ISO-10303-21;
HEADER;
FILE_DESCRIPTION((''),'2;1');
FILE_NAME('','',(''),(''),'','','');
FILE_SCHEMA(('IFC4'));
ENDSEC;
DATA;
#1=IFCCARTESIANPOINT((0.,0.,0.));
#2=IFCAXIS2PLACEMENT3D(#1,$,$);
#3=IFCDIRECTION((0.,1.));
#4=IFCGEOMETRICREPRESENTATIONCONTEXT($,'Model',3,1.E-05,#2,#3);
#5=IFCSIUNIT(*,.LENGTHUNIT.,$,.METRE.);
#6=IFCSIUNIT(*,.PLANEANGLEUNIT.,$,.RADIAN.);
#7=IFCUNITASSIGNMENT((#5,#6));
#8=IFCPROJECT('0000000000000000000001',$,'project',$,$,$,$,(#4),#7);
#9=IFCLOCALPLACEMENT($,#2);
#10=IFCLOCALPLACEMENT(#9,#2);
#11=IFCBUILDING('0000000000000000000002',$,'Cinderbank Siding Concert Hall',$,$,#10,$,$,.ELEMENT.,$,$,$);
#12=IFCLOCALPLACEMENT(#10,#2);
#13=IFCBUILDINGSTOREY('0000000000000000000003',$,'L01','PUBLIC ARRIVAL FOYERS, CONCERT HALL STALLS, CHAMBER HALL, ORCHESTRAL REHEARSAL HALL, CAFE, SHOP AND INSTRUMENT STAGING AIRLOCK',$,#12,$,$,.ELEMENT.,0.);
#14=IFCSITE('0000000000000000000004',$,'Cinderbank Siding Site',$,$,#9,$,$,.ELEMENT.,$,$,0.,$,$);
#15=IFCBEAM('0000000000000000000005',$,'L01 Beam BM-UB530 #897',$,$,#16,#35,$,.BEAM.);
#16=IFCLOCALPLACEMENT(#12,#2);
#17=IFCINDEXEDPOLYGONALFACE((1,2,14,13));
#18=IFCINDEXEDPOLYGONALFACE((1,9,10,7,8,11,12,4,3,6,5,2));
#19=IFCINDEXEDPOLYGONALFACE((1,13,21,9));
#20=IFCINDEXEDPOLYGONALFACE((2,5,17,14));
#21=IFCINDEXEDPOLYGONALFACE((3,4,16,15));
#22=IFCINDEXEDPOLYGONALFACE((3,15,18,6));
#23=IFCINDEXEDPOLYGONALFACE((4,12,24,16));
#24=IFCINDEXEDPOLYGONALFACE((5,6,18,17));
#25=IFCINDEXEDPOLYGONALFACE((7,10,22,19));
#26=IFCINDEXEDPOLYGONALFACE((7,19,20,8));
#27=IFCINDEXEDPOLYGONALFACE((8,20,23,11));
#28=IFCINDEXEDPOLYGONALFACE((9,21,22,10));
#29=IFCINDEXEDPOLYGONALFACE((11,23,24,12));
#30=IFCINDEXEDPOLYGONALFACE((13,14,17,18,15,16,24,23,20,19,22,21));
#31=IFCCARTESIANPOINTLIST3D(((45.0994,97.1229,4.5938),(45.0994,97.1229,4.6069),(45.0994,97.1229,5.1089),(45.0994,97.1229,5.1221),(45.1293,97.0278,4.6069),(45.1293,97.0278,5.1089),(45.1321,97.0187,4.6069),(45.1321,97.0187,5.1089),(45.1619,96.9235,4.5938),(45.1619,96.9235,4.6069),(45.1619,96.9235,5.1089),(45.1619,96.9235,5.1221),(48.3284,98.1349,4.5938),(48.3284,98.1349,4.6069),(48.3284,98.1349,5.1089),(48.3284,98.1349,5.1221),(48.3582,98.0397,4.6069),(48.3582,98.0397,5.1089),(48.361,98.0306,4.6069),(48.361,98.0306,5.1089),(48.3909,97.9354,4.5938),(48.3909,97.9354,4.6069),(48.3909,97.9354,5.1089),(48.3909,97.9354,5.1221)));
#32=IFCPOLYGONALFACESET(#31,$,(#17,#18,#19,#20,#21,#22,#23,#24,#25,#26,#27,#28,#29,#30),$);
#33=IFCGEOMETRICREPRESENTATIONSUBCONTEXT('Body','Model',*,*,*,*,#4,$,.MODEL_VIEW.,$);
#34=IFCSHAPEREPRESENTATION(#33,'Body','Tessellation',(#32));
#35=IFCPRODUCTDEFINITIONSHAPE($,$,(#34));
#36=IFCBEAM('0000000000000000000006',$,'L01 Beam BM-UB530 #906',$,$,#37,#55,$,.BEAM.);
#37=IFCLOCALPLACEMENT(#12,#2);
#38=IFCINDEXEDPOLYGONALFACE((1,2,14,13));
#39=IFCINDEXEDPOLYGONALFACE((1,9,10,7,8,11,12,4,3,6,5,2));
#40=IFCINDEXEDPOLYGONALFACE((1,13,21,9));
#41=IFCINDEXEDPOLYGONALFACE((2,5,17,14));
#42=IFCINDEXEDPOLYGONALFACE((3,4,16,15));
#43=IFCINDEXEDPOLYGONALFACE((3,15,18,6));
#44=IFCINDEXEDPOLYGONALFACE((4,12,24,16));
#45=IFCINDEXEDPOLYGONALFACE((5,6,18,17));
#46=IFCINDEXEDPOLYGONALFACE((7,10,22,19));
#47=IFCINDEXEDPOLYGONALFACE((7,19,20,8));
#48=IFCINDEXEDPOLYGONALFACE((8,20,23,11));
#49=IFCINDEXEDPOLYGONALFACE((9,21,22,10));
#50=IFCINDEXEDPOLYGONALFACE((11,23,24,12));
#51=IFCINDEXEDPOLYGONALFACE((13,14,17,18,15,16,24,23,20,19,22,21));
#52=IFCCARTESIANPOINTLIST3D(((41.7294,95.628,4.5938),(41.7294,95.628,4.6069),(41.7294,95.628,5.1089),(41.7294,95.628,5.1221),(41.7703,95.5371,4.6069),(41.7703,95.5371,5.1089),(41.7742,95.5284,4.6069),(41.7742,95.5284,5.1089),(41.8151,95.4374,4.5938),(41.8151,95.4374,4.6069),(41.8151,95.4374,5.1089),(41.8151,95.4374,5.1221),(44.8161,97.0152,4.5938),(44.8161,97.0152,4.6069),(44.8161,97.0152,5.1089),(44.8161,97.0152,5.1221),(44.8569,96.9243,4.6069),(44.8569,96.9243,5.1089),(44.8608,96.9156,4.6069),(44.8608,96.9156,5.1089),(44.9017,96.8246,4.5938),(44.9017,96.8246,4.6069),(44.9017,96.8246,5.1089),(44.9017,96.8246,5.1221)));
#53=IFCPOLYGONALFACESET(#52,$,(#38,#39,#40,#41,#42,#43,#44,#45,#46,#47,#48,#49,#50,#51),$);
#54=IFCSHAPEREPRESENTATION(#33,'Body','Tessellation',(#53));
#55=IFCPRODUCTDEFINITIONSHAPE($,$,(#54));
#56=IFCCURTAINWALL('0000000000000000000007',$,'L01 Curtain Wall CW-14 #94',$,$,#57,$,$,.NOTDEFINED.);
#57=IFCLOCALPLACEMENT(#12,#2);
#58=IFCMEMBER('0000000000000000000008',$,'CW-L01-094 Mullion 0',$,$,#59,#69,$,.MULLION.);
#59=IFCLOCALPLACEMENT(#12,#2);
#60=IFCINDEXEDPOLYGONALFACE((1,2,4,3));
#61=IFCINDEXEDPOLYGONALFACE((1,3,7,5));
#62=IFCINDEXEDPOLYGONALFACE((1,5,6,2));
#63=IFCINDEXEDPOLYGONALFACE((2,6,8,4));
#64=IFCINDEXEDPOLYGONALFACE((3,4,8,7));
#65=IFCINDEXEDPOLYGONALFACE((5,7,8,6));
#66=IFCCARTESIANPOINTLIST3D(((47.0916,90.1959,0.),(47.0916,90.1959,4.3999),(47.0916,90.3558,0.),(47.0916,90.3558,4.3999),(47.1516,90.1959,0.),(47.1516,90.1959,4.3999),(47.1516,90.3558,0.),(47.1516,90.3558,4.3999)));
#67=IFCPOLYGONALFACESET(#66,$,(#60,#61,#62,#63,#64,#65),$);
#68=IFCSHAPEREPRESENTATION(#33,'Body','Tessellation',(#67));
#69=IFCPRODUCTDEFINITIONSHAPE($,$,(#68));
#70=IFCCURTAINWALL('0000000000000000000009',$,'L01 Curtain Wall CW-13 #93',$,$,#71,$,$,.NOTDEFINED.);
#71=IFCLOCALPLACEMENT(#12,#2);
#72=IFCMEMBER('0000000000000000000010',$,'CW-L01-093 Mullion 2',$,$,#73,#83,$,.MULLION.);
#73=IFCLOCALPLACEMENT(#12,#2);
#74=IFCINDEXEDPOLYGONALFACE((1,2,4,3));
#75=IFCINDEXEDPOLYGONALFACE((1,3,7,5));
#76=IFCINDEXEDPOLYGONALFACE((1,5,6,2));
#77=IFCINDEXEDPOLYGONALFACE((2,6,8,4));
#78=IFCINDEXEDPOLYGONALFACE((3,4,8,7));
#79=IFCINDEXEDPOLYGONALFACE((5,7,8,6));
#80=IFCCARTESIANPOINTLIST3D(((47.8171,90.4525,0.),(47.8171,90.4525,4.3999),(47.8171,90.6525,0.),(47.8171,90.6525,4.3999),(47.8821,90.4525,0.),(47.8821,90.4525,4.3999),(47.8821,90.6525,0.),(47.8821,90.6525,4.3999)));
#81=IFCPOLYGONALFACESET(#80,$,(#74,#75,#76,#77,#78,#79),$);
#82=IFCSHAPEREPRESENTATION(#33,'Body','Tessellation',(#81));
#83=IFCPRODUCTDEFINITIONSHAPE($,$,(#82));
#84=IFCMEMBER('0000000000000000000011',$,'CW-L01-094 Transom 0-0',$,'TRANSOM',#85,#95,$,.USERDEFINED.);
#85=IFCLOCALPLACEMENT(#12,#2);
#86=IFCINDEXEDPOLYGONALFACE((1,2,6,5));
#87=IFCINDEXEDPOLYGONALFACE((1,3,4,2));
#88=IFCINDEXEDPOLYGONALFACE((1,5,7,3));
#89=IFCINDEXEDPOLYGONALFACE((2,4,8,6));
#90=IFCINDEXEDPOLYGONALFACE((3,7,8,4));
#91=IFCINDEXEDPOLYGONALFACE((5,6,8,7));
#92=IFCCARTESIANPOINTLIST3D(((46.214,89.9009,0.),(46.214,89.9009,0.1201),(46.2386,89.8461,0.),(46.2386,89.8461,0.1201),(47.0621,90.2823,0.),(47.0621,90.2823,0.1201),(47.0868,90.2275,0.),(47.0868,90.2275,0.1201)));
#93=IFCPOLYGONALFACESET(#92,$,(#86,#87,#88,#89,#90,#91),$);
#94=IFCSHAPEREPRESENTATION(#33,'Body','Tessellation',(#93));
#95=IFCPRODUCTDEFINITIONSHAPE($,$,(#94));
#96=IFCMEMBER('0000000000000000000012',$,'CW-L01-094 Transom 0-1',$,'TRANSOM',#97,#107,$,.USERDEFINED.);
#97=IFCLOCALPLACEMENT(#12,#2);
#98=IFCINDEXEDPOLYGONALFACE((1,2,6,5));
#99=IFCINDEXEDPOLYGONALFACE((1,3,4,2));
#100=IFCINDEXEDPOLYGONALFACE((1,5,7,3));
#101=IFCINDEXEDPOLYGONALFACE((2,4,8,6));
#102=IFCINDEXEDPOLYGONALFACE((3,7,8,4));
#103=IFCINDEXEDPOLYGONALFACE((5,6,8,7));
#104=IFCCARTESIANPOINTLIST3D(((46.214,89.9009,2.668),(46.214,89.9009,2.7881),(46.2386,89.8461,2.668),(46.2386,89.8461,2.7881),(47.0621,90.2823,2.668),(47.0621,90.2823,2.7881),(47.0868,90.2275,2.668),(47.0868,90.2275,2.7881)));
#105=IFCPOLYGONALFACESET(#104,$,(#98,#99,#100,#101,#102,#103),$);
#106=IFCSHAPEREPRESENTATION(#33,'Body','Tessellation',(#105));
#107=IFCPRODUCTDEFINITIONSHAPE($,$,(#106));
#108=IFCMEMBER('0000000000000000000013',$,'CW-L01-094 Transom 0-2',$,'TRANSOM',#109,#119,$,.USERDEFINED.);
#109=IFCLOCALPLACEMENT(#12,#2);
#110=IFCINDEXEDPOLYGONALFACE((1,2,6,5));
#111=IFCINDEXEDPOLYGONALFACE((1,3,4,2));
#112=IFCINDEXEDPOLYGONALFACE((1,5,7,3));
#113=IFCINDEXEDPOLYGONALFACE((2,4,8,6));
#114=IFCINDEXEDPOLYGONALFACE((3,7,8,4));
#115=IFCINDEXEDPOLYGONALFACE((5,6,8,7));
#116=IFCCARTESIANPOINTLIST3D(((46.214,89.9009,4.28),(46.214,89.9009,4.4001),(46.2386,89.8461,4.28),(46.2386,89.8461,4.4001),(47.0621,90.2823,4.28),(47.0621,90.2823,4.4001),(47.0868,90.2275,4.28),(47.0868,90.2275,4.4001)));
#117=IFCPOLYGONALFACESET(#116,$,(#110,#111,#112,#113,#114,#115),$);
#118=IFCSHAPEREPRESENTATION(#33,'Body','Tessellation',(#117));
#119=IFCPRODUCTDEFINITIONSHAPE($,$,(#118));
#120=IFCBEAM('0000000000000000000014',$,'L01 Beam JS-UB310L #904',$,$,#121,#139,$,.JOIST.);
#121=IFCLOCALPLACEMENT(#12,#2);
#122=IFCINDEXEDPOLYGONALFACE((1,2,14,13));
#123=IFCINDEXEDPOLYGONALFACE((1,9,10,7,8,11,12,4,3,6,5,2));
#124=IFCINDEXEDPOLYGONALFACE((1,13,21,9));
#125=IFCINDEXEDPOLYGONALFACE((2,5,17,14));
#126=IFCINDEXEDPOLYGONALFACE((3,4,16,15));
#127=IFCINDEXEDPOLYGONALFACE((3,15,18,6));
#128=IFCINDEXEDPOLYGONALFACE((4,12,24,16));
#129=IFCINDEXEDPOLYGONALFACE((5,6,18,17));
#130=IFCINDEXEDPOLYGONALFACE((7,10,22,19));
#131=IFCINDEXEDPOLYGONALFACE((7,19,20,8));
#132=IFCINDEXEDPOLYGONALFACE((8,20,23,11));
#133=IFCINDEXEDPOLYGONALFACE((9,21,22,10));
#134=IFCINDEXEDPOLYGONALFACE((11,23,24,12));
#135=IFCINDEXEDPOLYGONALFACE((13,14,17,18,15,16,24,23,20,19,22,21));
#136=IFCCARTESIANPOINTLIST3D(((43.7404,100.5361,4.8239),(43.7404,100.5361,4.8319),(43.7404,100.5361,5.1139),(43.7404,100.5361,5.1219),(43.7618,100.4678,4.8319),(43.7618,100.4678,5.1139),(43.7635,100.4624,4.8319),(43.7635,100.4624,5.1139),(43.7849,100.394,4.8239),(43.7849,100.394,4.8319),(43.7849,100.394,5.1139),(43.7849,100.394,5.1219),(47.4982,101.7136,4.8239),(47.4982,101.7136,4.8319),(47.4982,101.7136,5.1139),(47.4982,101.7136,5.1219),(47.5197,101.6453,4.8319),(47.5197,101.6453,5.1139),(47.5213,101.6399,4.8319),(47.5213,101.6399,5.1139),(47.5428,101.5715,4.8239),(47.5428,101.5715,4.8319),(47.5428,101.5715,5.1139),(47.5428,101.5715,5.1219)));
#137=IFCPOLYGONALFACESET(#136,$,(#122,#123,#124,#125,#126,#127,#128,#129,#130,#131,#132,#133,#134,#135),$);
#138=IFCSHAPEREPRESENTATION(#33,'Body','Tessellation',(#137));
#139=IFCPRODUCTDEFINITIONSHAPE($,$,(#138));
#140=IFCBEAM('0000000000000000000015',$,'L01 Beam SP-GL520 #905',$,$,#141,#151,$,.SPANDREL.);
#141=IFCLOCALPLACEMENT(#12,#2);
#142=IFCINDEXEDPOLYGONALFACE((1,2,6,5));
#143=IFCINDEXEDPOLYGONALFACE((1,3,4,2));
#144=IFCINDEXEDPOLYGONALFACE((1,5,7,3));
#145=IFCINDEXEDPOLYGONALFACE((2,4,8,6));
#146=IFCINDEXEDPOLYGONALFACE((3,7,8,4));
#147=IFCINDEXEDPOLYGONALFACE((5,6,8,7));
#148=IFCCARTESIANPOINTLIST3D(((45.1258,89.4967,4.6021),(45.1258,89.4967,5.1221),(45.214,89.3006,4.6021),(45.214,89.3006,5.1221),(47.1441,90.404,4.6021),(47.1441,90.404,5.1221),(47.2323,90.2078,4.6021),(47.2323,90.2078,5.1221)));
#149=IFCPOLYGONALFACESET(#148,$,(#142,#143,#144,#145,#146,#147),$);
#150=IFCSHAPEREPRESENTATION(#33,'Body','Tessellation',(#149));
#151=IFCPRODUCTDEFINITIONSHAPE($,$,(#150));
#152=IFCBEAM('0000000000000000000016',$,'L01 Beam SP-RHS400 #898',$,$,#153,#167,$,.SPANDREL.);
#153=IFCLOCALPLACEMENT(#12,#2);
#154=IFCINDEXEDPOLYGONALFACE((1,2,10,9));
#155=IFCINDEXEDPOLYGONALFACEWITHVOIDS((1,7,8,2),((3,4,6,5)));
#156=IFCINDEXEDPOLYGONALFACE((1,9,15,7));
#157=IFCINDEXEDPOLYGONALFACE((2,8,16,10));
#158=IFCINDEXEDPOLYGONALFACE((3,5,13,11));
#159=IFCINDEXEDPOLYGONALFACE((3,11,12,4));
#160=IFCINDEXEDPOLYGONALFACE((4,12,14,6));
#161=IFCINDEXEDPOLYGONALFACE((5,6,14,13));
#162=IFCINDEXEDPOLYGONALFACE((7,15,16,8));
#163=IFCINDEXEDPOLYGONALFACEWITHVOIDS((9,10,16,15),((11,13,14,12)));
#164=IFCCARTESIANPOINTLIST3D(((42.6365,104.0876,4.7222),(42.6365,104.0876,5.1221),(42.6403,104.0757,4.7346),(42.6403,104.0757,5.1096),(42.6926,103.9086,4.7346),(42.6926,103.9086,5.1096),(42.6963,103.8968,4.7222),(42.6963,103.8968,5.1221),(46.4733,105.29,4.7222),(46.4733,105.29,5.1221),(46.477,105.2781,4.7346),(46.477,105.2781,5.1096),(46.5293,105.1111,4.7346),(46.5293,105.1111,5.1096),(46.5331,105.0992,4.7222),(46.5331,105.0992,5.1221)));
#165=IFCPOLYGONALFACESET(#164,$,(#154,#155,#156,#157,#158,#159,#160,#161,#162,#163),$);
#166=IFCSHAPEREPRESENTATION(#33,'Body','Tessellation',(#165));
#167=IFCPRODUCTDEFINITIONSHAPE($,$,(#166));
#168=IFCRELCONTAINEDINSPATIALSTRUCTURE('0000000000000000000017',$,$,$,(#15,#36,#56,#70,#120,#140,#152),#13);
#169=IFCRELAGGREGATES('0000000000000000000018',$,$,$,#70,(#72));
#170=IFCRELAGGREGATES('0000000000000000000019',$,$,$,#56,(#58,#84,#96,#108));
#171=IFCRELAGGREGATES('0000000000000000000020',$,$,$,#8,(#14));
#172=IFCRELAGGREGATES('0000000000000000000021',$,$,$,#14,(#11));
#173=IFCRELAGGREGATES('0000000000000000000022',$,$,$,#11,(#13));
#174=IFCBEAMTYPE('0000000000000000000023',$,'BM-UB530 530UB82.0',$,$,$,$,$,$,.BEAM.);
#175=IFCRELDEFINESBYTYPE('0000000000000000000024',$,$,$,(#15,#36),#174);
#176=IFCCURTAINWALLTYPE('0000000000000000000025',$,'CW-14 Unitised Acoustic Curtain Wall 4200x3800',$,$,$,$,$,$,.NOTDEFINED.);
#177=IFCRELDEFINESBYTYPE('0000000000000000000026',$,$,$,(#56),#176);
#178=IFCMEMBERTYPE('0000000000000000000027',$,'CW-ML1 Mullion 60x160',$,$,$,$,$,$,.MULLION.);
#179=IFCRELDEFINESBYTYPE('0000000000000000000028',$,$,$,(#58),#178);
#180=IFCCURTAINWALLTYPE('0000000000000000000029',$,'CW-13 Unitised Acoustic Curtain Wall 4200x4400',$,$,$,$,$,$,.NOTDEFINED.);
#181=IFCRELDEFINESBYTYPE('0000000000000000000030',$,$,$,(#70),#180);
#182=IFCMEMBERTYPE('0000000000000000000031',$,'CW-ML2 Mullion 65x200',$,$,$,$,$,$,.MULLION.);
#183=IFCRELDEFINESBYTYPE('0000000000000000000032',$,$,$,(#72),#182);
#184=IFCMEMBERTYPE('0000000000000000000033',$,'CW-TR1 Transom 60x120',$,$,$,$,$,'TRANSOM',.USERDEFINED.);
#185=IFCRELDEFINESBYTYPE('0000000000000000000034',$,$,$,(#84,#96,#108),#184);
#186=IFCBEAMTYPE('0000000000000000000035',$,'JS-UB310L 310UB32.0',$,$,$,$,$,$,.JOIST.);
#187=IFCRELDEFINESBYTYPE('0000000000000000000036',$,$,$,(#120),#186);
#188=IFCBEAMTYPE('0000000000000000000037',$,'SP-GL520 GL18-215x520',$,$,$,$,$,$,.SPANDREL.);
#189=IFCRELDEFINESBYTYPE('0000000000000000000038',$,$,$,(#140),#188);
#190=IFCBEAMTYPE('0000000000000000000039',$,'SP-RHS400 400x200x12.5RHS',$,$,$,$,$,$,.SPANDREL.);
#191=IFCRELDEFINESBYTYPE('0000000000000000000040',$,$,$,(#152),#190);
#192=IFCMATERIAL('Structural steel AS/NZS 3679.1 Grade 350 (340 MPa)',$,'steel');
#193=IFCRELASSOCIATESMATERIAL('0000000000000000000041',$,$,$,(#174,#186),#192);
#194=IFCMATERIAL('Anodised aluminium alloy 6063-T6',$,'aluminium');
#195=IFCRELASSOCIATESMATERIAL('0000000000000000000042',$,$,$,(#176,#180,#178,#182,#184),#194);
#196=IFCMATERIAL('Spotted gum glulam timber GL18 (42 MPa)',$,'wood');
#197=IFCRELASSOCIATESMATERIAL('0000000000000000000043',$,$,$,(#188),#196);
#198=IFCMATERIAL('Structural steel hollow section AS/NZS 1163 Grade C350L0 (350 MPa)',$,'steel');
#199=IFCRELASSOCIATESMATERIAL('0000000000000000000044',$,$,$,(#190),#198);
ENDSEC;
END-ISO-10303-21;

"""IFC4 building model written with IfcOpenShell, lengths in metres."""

from ifc_helpers import new_model, si_unit, direction, frame, origin, origin_2d, place, context, subcontext, project, spatial, rectangle, hollow_rectangle, i_section, extrude, material, material_profile, profile_set, type_object, element, aggregate, save


model = new_model("IFC4")

# Units and contexts
model_context = context("Model", 3, precision=1e-05, world=origin(), true_north=direction((0.0, 1.0)))
body_context = subcontext(model_context, "Body", "Model", "MODEL_VIEW")
ifc_project = project(units=[si_unit("LENGTHUNIT", "METRE"), si_unit("PLANEANGLEUNIT", "RADIAN")], contexts=[model_context])

# Site, building, storey
site_placement = place(None, origin())
site = spatial("IfcSite", under=ifc_project, at=site_placement, Name="Cinderbank Siding Site", CompositionType="ELEMENT", RefElevation=0.0)
building_placement = place(site_placement, origin())
building = spatial("IfcBuilding", under=site, at=building_placement, Name="Cinderbank Siding Concert Hall", CompositionType="ELEMENT")
storey_placement = place(building_placement, origin())
storey = spatial("IfcBuildingStorey", under=building, at=storey_placement, Name="L01", Description="PUBLIC ARRIVAL FOYERS, CONCERT HALL STALLS, CHAMBER HALL, ORCHESTRAL REHEARSAL HALL, CAFE, SHOP AND INSTRUMENT STAGING AIRLOCK", CompositionType="ELEMENT", Elevation=0.0)

# Shared definitions
ifc_material_1 = material(Name="Structural steel AS/NZS 3679.1 Grade 350 (340 MPa)", Category="steel")

# Beams
ifc_material_profile_1 = material_profile(ifc_material_1, i_section(OverallWidth=0.209, OverallDepth=0.5283, WebThickness=0.0095, FlangeThickness=0.0132, at=origin_2d()), Name="530UB82.0", Category="LoadBearing")
ifc_profile_set_1 = profile_set([ifc_material_profile_1], Name="Structural steel AS/NZS 3679.1 Grade 350 (340 MPa)")
beam_type_1 = type_object("IfcBeamType", Name="BM-UB530 530UB82.0", PredefinedType="BEAM", material=ifc_profile_set_1)
beam_1_placement = place(storey_placement, frame((48.3596, 98.0352, 4.8579), z_axis=(-0.954236, -0.299055, 0.0), x_axis=(0.299055, -0.954236, 0.0)))
element("IfcBeam", 1, at=beam_1_placement, inside=storey, type_object=beam_type_1, Name="L01 Beam BM-UB530 #897", PredefinedType="BEAM", context=body_context, shape_type="SweptSolid", body=[
    extrude(i_section(OverallWidth=0.209, OverallDepth=0.5283, WebThickness=0.0095, FlangeThickness=0.0132, at=origin_2d()), origin(), (0.0, 0.0, 1.0), 3.3838),
])
beam_2_placement = place(storey_placement, frame((44.8589, 96.9199, 4.8579), z_axis=(-0.91212, -0.409924, 0.0), x_axis=(0.409924, -0.91212, 0.0)))
element("IfcBeam", 2, at=beam_2_placement, inside=storey, type_object=beam_type_1, Name="L01 Beam BM-UB530 #906", PredefinedType="BEAM", context=body_context, shape_type="SweptSolid", body=[
    extrude(i_section(OverallWidth=0.209, OverallDepth=0.5283, WebThickness=0.0095, FlangeThickness=0.0132, at=origin_2d()), origin(), (0.0, 0.0, 1.0), 3.384),
])

# Curtain walls, members
ifc_material_2 = material(Name="Anodised aluminium alloy 6063-T6", Category="aluminium")
curtain_wall_type_1 = type_object("IfcCurtainWallType", Name="CW-14 Unitised Acoustic Curtain Wall 4200x3800", PredefinedType="NOTDEFINED", material=ifc_material_2)
curtain_wall_1_placement = place(storey_placement, origin())
curtain_wall_1 = element("IfcCurtainWall", 3, at=curtain_wall_1_placement, inside=storey, type_object=curtain_wall_type_1, Name="L01 Curtain Wall CW-14 #94", PredefinedType="NOTDEFINED")
ifc_material_profile_2 = material_profile(ifc_material_2, rectangle(XDim=0.0601, YDim=0.1599, at=origin_2d()), Name="ALU-MULL-60x160", Category="LoadBearing")
ifc_profile_set_2 = profile_set([ifc_material_profile_2], Name="Anodised aluminium alloy 6063-T6")
member_type_1 = type_object("IfcMemberType", Name="CW-ML1 Mullion 60x160", PredefinedType="MULLION", material=ifc_profile_set_2)
member_1_placement = place(storey_placement, frame((47.1216, 90.2759, 0.0), z_axis=(0.0, 0.0, 1.0), x_axis=(1.0, 0.0, 0.0)))
member_1 = element("IfcMember", 4, at=member_1_placement, type_object=member_type_1, Name="CW-L01-094 Mullion 0", PredefinedType="MULLION", context=body_context, shape_type="SweptSolid", body=[
    extrude(rectangle(XDim=0.0601, YDim=0.1599, at=origin_2d()), origin(), (0.0, 0.0, 1.0), 4.3999),
])
curtain_wall_type_2 = type_object("IfcCurtainWallType", Name="CW-13 Unitised Acoustic Curtain Wall 4200x4400", PredefinedType="NOTDEFINED", material=ifc_material_2)
curtain_wall_2_placement = place(storey_placement, origin())
curtain_wall_2 = element("IfcCurtainWall", 5, at=curtain_wall_2_placement, inside=storey, type_object=curtain_wall_type_2, Name="L01 Curtain Wall CW-13 #93", PredefinedType="NOTDEFINED")
ifc_material_profile_3 = material_profile(ifc_material_2, rectangle(XDim=0.0649, YDim=0.2, at=origin_2d()), Name="ALU-MULL-65x200", Category="LoadBearing")
ifc_profile_set_3 = profile_set([ifc_material_profile_3], Name="Anodised aluminium alloy 6063-T6")
member_type_2 = type_object("IfcMemberType", Name="CW-ML2 Mullion 65x200", PredefinedType="MULLION", material=ifc_profile_set_3)
member_2_placement = place(storey_placement, frame((47.8496, 90.5525, 0.0), z_axis=(0.0, 0.0, 1.0), x_axis=(1.0, 0.0, 0.0)))
member_2 = element("IfcMember", 6, at=member_2_placement, type_object=member_type_2, Name="CW-L01-093 Mullion 2", PredefinedType="MULLION", context=body_context, shape_type="SweptSolid", body=[
    extrude(rectangle(XDim=0.0649, YDim=0.2, at=origin_2d()), origin(), (0.0, 0.0, 1.0), 4.3999),
])

# Members
ifc_material_profile_4 = material_profile(ifc_material_2, rectangle(XDim=0.0601, YDim=0.1201, at=origin_2d()), Name="ALU-TRAN-60x120", Category="LoadBearing")
ifc_profile_set_4 = profile_set([ifc_material_profile_4], Name="Anodised aluminium alloy 6063-T6")
member_type_3 = type_object("IfcMemberType", Name="CW-TR1 Transom 60x120", ElementType="TRANSOM", PredefinedType="USERDEFINED", material=ifc_profile_set_4)
member_3_placement = place(storey_placement, frame((47.0745, 90.2549, 0.0601), z_axis=(-0.912049, -0.410081, 0.0), x_axis=(0.410081, -0.912049, 0.0)))
member_3 = element("IfcMember", 7, at=member_3_placement, type_object=member_type_3, Name="CW-L01-094 Transom 0-0", ObjectType="TRANSOM", PredefinedType="USERDEFINED", context=body_context, shape_type="SweptSolid", body=[
    extrude(rectangle(XDim=0.0601, YDim=0.1201, at=origin_2d()), origin(), (0.0, 0.0, 1.0), 0.9299),
])
member_4_placement = place(storey_placement, frame((47.0745, 90.2549, 2.728), z_axis=(-0.912049, -0.410081, 0.0), x_axis=(0.410081, -0.912049, 0.0)))
member_4 = element("IfcMember", 8, at=member_4_placement, type_object=member_type_3, Name="CW-L01-094 Transom 0-1", ObjectType="TRANSOM", PredefinedType="USERDEFINED", context=body_context, shape_type="SweptSolid", body=[
    extrude(rectangle(XDim=0.0601, YDim=0.1201, at=origin_2d()), origin(), (0.0, 0.0, 1.0), 0.9299),
])
member_5_placement = place(storey_placement, frame((47.0745, 90.2549, 4.3401), z_axis=(-0.912049, -0.410081, 0.0), x_axis=(0.410081, -0.912049, 0.0)))
member_5 = element("IfcMember", 9, at=member_5_placement, type_object=member_type_3, Name="CW-L01-094 Transom 0-2", ObjectType="TRANSOM", PredefinedType="USERDEFINED", context=body_context, shape_type="SweptSolid", body=[
    extrude(rectangle(XDim=0.0601, YDim=0.1201, at=origin_2d()), origin(), (0.0, 0.0, 1.0), 0.9299),
])

# Beams
ifc_material_profile_5 = material_profile(ifc_material_1, i_section(OverallWidth=0.1489, OverallDepth=0.2981, WebThickness=0.0056, FlangeThickness=0.0081, at=origin_2d()), Name="310UB32.0", Category="LoadBearing")
ifc_profile_set_5 = profile_set([ifc_material_profile_5], Name="Structural steel AS/NZS 3679.1 Grade 350 (340 MPa)")
beam_type_2 = type_object("IfcBeamType", Name="JS-UB310L 310UB32.0", PredefinedType="JOIST", material=ifc_profile_set_5)
beam_3_placement = place(storey_placement, frame((47.5205, 101.6426, 4.9729), z_axis=(-0.95425, -0.299009, 0.0), x_axis=(0.299009, -0.95425, 0.0)))
element("IfcBeam", 10, at=beam_3_placement, inside=storey, type_object=beam_type_2, Name="L01 Beam JS-UB310L #904", PredefinedType="JOIST", context=body_context, shape_type="SweptSolid", body=[
    extrude(i_section(OverallWidth=0.1489, OverallDepth=0.2981, WebThickness=0.0056, FlangeThickness=0.0081, at=origin_2d()), origin(), (0.0, 0.0, 1.0), 3.938),
])
ifc_material_3 = material(Name="Spotted gum glulam timber GL18 (42 MPa)", Category="wood")
ifc_material_profile_6 = material_profile(ifc_material_3, rectangle(XDim=0.2151, YDim=0.52, at=origin_2d()), Name="GL18-215x520", Category="LoadBearing")
ifc_profile_set_6 = profile_set([ifc_material_profile_6], Name="Spotted gum glulam timber GL18 (42 MPa)")
beam_type_3 = type_object("IfcBeamType", Name="SP-GL520 GL18-215x520", PredefinedType="SPANDREL", material=ifc_profile_set_6)
beam_4_placement = place(storey_placement, frame((47.1882, 90.3059, 4.8621), z_axis=(-0.912093, -0.409984, 0.0), x_axis=(0.409984, -0.912093, 0.0)))
element("IfcBeam", 11, at=beam_4_placement, inside=storey, type_object=beam_type_3, Name="L01 Beam SP-GL520 #905", PredefinedType="SPANDREL", context=body_context, shape_type="SweptSolid", body=[
    extrude(rectangle(XDim=0.2151, YDim=0.52, at=origin_2d()), origin(), (0.0, 0.0, 1.0), 2.2129),
])
ifc_material_4 = material(Name="Structural steel hollow section AS/NZS 1163 Grade C350L0 (350 MPa)", Category="steel")
ifc_material_profile_7 = material_profile(ifc_material_4, hollow_rectangle(XDim=0.2, YDim=0.3999, WallThickness=0.0125, at=origin_2d()), Name="400x200x12.5RHS", Category="LoadBearing")
ifc_profile_set_7 = profile_set([ifc_material_profile_7], Name="Structural steel hollow section AS/NZS 1163 Grade C350L0 (350 MPa)")
beam_type_4 = type_object("IfcBeamType", Name="SP-RHS400 400x200x12.5RHS", PredefinedType="SPANDREL", material=ifc_profile_set_7)
beam_5_placement = place(storey_placement, frame((46.5032, 105.1946, 4.9221), z_axis=(-0.954237, -0.299053, 0.0), x_axis=(0.299053, -0.954237, 0.0)))
element("IfcBeam", 12, at=beam_5_placement, inside=storey, type_object=beam_type_4, Name="L01 Beam SP-RHS400 #898", PredefinedType="SPANDREL", context=body_context, shape_type="SweptSolid", body=[
    extrude(hollow_rectangle(XDim=0.2, YDim=0.3999, WallThickness=0.0125, at=origin_2d()), origin(), (0.0, 0.0, 1.0), 4.0208),
])

aggregate(curtain_wall_2, [member_2])
aggregate(curtain_wall_1, [member_1, member_3, member_4, member_5])

save(model, "model.ifc")
